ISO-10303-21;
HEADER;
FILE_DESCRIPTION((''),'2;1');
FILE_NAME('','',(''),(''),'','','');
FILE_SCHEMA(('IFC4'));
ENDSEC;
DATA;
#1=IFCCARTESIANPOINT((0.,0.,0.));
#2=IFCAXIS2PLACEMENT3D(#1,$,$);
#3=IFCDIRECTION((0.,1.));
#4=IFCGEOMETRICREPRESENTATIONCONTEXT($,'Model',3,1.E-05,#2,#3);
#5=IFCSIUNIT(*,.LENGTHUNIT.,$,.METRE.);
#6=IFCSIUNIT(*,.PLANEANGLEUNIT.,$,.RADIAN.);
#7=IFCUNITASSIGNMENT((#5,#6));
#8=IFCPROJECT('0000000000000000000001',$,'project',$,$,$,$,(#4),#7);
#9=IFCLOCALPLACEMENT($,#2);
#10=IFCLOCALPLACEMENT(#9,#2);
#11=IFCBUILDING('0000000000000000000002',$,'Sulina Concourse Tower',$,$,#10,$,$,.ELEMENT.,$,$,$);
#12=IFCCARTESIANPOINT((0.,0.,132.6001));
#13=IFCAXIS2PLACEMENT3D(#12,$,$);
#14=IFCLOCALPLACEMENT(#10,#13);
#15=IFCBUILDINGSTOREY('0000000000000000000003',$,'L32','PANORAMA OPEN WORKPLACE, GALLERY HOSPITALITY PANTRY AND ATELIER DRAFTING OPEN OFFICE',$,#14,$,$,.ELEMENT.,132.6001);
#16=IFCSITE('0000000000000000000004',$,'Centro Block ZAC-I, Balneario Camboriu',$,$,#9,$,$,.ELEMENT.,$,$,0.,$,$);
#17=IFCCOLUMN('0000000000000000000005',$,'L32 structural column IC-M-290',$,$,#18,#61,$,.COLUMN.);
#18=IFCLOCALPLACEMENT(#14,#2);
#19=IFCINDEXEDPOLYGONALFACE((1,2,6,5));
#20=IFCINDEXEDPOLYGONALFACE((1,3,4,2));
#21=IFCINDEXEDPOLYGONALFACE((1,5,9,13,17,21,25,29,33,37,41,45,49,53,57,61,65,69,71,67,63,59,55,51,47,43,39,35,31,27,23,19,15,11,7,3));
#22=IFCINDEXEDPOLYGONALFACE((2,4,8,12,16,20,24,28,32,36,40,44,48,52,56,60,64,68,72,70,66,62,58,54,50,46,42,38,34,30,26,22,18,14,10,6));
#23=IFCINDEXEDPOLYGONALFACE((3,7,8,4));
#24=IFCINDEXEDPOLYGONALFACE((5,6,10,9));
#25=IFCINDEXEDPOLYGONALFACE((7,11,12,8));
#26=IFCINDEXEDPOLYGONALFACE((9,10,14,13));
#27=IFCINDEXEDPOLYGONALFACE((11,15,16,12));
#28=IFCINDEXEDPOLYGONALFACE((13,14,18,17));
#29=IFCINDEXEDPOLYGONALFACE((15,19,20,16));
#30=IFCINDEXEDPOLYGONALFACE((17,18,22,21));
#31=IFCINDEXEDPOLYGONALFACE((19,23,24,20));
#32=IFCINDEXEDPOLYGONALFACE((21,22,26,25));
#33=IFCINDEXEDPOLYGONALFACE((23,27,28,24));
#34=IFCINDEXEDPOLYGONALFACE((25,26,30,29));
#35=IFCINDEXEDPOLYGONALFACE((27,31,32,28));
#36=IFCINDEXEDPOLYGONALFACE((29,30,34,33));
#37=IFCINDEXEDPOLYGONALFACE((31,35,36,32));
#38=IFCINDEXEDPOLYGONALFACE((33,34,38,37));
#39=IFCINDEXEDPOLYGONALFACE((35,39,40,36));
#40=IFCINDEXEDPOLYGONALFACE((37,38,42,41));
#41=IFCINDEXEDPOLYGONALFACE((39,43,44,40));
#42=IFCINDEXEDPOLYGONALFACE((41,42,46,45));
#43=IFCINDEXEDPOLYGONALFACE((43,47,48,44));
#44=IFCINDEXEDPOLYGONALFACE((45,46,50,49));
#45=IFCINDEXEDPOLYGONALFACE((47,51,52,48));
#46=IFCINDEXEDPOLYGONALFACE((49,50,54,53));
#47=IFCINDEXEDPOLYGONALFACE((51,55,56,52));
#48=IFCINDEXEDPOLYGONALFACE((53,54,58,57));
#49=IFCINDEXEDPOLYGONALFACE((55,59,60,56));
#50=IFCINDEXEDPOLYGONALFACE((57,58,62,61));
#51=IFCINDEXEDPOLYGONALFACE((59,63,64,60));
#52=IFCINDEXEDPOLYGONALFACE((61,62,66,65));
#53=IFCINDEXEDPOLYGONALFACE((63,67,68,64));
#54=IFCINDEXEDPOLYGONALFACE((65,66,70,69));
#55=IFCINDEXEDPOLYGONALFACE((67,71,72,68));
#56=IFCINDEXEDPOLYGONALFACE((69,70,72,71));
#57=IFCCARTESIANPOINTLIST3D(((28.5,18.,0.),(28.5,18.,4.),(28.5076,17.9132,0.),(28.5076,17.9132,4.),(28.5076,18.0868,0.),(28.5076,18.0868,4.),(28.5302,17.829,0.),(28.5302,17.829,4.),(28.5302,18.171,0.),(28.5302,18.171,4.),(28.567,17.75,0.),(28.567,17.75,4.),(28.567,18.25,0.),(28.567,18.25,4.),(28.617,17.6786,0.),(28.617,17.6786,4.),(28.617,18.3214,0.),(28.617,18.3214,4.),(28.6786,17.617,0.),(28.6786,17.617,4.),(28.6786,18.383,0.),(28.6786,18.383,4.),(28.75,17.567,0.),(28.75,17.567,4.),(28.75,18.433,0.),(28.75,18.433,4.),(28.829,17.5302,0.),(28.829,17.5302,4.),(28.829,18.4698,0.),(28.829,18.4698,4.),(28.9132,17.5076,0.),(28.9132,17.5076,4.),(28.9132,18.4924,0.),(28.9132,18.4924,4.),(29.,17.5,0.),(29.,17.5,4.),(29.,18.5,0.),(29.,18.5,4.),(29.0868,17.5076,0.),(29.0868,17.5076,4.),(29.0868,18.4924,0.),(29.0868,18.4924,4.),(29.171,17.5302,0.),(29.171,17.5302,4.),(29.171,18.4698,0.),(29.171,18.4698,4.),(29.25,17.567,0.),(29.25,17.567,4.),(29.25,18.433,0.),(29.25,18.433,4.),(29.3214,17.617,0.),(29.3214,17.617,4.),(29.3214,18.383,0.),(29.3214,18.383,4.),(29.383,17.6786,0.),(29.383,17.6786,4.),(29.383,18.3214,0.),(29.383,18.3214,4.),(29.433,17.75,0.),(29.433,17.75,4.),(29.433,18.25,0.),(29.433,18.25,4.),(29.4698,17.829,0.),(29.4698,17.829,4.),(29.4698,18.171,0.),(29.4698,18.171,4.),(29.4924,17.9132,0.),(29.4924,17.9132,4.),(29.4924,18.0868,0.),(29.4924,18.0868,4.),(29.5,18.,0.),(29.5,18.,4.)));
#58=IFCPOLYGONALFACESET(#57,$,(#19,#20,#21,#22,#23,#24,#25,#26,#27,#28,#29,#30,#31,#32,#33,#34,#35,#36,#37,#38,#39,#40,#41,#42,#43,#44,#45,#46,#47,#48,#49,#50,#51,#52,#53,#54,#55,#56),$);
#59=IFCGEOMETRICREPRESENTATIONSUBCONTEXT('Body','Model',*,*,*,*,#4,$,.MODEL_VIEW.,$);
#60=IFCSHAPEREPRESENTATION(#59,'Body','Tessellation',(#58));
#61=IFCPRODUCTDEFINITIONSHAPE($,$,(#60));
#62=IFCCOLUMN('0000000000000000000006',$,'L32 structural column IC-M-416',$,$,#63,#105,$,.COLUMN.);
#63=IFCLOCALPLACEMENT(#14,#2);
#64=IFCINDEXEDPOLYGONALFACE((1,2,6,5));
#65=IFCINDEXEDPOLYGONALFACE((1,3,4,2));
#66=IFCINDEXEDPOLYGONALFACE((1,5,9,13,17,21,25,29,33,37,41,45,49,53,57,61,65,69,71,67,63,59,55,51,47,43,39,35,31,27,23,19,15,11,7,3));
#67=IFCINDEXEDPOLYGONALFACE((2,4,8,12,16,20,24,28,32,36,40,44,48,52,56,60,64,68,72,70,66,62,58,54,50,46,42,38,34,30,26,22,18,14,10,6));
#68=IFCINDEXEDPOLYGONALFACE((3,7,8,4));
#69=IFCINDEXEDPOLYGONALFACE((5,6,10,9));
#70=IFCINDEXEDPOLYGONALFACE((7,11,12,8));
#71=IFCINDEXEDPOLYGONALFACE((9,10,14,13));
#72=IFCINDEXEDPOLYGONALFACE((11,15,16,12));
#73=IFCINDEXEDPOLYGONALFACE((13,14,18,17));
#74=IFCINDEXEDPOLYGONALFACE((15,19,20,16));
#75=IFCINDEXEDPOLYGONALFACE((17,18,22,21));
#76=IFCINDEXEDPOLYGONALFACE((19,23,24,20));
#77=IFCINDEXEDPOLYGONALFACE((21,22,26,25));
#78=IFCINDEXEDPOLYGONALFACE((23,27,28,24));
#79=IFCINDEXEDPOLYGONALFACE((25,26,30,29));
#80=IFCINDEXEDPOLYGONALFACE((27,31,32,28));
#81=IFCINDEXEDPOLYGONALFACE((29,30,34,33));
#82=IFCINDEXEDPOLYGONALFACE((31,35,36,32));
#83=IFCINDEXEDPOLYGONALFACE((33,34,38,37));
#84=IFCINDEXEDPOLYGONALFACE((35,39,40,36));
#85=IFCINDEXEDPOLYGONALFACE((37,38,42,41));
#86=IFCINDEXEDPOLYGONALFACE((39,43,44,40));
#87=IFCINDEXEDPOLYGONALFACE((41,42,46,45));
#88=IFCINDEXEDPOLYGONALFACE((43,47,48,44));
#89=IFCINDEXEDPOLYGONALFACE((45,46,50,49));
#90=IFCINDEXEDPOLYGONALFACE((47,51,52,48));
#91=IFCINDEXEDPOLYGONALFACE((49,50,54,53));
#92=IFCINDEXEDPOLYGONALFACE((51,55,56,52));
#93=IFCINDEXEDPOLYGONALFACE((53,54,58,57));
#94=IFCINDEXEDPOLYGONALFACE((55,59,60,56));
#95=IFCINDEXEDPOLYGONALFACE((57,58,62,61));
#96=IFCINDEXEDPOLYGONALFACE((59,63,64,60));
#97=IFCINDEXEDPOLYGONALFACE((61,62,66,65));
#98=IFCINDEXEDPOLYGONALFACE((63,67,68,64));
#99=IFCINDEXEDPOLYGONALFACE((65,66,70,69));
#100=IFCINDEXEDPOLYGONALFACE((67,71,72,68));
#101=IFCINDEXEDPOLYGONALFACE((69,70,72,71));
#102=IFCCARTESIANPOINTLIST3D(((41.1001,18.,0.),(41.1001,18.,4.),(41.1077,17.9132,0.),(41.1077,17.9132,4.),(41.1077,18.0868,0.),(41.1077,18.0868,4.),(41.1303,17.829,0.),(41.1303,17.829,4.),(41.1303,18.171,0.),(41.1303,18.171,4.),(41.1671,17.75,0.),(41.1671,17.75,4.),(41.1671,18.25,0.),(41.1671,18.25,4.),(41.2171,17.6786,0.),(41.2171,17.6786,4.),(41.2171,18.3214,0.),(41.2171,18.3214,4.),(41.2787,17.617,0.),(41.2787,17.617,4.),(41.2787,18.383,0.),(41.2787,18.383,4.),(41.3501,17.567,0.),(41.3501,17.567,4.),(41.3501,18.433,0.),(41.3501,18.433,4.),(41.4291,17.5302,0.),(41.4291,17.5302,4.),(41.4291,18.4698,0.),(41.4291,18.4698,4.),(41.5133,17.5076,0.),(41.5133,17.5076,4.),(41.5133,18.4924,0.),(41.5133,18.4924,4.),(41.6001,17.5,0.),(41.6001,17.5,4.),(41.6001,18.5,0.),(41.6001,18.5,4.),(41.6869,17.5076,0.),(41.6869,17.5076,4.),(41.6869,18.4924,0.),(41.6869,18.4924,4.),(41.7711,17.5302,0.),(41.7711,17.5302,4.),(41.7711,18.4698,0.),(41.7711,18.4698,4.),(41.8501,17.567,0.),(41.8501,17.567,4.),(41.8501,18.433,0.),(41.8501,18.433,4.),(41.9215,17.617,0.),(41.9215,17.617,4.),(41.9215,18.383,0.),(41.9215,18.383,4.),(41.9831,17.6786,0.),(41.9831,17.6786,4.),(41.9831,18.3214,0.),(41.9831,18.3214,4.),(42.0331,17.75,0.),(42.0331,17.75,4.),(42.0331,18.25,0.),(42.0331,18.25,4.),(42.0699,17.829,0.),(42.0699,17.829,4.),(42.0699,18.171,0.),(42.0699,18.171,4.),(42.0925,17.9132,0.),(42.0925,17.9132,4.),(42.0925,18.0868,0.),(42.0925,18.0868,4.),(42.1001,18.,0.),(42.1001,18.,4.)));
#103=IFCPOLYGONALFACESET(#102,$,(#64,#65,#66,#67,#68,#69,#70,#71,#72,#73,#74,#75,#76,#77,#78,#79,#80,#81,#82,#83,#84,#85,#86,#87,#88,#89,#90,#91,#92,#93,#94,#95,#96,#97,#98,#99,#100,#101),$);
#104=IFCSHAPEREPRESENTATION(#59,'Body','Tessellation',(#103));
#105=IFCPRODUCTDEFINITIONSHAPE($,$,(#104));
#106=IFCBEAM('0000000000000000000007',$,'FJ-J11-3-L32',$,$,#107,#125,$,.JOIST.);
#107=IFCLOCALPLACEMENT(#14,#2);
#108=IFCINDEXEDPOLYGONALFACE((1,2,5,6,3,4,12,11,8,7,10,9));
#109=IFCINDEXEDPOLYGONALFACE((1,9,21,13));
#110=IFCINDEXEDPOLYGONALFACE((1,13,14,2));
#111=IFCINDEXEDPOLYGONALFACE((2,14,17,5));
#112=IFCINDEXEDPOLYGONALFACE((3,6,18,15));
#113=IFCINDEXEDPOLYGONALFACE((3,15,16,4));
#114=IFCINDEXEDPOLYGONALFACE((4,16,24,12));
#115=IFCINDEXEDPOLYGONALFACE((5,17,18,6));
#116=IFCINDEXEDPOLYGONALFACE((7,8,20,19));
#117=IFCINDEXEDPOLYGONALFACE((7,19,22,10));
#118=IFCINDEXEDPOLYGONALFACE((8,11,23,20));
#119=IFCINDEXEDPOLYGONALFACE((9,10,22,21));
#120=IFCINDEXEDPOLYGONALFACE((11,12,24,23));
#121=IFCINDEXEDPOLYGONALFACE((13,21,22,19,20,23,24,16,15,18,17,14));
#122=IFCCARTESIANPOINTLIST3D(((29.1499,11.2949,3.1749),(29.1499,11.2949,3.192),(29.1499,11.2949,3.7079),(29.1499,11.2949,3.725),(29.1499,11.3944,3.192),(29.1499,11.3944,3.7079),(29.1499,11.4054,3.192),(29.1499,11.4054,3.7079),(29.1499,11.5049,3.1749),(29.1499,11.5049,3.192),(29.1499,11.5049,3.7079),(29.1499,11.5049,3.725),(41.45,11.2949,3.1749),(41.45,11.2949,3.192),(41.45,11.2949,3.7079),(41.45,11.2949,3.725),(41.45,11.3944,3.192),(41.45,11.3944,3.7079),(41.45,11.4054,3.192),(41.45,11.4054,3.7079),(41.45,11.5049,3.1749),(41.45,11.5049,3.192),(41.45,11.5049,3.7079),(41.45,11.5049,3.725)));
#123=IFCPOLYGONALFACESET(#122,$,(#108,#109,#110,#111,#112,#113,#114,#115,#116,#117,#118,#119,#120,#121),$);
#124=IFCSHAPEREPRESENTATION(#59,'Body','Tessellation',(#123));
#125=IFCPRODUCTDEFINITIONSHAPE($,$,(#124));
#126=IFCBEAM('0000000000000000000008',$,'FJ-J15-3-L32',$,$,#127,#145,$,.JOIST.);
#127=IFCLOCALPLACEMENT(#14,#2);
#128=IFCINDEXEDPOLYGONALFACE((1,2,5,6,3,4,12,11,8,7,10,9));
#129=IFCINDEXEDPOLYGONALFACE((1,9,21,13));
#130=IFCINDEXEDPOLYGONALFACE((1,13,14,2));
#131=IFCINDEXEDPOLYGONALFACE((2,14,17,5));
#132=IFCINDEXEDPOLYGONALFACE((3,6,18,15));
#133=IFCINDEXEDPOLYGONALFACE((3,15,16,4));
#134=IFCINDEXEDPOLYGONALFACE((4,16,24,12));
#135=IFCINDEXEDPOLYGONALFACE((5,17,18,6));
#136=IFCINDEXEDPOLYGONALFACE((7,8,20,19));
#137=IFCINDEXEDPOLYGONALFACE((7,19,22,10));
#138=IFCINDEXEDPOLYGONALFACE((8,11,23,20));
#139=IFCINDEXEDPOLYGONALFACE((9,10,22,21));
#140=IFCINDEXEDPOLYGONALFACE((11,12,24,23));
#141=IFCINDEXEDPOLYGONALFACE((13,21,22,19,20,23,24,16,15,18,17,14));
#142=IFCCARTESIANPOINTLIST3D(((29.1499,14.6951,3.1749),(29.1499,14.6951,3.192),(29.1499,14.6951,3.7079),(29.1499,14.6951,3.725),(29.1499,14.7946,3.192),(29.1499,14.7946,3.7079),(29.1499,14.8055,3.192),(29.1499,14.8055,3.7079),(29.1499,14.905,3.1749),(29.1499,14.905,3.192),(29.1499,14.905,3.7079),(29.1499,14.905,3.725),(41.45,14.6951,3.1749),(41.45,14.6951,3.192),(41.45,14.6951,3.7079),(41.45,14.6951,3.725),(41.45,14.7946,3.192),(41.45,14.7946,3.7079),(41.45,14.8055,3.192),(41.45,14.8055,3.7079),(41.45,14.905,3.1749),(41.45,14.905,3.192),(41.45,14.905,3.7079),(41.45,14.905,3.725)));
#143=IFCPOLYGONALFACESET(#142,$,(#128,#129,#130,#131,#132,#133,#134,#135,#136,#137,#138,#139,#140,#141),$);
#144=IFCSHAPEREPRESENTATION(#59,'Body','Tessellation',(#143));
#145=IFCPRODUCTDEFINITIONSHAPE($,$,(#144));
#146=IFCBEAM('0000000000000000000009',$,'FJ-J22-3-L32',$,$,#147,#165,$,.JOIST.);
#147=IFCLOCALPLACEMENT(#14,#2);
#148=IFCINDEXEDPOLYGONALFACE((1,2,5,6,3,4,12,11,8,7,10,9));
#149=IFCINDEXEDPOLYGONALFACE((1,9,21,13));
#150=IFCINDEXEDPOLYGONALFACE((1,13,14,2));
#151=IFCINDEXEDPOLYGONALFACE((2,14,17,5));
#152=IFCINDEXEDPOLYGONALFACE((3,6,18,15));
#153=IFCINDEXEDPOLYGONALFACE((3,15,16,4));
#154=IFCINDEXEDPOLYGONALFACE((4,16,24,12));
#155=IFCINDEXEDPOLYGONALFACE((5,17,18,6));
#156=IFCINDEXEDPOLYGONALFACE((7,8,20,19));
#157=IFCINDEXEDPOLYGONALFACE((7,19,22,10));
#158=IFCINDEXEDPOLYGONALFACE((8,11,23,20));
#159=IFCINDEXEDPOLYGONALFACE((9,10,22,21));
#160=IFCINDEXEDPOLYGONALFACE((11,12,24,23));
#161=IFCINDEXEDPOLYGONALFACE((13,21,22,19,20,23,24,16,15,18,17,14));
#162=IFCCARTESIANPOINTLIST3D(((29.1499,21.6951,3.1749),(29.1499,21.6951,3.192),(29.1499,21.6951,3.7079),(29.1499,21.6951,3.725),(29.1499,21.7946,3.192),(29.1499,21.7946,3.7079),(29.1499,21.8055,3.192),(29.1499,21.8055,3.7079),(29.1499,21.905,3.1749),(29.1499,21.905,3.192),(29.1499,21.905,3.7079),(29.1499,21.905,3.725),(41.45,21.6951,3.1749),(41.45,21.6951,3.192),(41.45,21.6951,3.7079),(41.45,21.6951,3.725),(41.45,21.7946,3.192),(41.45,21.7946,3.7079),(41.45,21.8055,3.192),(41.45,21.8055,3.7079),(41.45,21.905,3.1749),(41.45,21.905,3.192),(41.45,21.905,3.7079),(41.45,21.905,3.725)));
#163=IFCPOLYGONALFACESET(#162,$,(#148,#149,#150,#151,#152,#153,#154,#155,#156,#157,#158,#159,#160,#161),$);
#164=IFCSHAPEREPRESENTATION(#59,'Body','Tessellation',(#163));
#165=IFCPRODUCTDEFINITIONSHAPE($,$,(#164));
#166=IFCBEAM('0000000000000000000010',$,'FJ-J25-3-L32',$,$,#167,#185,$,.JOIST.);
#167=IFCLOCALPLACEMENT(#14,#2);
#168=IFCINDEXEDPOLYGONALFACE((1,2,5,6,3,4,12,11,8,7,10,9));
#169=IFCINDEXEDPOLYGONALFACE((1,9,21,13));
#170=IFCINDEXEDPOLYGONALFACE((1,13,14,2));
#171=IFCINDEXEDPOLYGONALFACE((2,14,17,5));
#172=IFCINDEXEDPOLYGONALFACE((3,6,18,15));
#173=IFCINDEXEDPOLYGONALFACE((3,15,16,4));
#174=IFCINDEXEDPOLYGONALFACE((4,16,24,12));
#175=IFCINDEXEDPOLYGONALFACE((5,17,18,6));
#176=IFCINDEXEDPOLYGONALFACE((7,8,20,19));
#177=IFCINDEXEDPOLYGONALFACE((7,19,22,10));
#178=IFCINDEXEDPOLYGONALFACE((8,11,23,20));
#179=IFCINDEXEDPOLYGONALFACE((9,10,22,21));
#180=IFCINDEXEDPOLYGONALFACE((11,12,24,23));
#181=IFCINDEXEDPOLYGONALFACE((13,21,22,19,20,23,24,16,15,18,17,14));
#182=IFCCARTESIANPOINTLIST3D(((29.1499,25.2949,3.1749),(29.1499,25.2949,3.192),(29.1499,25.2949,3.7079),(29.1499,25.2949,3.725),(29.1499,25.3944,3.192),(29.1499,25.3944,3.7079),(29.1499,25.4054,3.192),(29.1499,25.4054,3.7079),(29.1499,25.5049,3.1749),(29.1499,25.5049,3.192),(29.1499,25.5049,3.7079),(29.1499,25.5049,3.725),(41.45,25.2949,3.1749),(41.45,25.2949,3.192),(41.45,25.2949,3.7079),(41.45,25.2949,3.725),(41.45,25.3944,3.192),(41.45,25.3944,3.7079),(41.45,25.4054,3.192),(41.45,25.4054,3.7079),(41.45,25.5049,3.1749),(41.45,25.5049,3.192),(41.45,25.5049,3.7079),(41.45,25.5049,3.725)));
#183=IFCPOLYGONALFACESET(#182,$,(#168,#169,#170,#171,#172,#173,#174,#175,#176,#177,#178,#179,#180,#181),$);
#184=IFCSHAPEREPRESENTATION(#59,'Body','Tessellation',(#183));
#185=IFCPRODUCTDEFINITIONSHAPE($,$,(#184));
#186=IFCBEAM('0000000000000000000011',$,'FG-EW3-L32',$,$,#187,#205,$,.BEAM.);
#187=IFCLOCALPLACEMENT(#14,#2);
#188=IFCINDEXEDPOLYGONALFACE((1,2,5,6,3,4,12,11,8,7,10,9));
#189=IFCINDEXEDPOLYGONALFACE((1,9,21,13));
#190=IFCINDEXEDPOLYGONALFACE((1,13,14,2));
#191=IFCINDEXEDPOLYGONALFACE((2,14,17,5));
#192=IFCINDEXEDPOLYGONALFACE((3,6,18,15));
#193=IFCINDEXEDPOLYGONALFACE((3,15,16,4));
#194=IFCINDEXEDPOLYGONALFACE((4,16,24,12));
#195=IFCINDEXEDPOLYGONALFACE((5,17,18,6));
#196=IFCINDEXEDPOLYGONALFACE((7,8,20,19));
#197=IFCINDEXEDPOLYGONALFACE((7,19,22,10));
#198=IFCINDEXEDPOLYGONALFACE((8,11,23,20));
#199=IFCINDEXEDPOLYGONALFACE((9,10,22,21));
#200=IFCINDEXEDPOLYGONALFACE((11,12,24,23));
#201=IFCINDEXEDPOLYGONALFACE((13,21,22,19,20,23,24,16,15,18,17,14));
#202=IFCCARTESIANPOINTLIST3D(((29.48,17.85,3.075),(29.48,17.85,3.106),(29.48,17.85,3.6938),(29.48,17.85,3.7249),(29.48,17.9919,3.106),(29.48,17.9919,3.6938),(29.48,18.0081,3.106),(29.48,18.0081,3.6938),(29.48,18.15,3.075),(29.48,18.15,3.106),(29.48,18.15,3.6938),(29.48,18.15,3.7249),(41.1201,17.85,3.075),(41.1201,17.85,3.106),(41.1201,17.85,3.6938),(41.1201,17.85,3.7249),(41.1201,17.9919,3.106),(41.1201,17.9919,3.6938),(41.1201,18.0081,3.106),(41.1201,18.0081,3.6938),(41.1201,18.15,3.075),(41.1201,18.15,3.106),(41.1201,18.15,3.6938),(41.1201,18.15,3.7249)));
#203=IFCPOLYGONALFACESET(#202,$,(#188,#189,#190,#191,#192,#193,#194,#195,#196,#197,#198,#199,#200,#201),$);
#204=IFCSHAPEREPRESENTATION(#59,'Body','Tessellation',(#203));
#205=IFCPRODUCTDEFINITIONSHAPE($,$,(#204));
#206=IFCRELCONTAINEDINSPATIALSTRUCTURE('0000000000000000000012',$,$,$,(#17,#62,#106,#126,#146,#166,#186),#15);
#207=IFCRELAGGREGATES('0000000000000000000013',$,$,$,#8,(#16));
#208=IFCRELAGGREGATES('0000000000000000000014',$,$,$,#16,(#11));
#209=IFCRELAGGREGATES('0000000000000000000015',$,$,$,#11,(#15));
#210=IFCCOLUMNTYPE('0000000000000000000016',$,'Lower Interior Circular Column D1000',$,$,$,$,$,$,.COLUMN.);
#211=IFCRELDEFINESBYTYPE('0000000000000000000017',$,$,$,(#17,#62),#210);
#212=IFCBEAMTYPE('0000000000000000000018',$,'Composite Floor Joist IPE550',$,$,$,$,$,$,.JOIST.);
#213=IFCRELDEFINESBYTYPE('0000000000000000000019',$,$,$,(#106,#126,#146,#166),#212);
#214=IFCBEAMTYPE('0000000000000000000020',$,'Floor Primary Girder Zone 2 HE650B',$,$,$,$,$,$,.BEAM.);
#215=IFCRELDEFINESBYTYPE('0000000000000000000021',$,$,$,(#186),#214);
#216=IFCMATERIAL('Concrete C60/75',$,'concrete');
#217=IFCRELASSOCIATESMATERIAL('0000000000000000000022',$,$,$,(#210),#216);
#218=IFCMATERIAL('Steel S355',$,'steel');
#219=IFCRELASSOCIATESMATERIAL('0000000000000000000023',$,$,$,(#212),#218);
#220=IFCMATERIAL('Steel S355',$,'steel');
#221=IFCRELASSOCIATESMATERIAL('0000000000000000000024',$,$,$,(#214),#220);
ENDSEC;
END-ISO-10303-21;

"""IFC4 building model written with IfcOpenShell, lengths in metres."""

from ifc_helpers import new_model, si_unit, direction, frame, origin, origin_2d, place, context, subcontext, project, spatial, circle, i_section, extrude, material, material_profile, profile_set, type_object, element, save


model = new_model("IFC4")

# Units and contexts
model_context = context("Model", 3, precision=1e-05, world=origin(), true_north=direction((0.0, 1.0)))
body_context = subcontext(model_context, "Body", "Model", "MODEL_VIEW")
ifc_project = project(units=[si_unit("LENGTHUNIT", "METRE"), si_unit("PLANEANGLEUNIT", "RADIAN")], contexts=[model_context])

# Site, building, storey
site_placement = place(None, origin())
site = spatial("IfcSite", under=ifc_project, at=site_placement, Name="Centro Block ZAC-I, Balneario Camboriu", CompositionType="ELEMENT", RefElevation=0.0)
building_placement = place(site_placement, origin())
building = spatial("IfcBuilding", under=site, at=building_placement, Name="Sulina Concourse Tower", CompositionType="ELEMENT")
storey_placement = place(building_placement, frame((0.0, 0.0, 132.6001)))
storey = spatial("IfcBuildingStorey", under=building, at=storey_placement, Name="L32", Description="PANORAMA OPEN WORKPLACE, GALLERY HOSPITALITY PANTRY AND ATELIER DRAFTING OPEN OFFICE", CompositionType="ELEMENT", Elevation=132.6001)

# Columns
ifc_material_1 = material(Name="Concrete C60/75", Category="concrete")
ifc_material_profile_1 = material_profile(ifc_material_1, circle(Radius=0.5, at=origin_2d()), Name="RC D1000")
ifc_profile_set_1 = profile_set([ifc_material_profile_1], Name="Concrete C60/75")
column_type = type_object("IfcColumnType", Name="Lower Interior Circular Column D1000", PredefinedType="COLUMN", material=ifc_profile_set_1)
for number, where, z_axis, x_axis, name in (
    (1, (29.0, 18.0, 0.0), (0.0, 0.0, 1.0), (1.0, 0.0, 0.0), "L32 structural column IC-M-290"),
    (2, (41.6001, 18.0, 0.0), (0.0, 0.0, 1.0), (1.0, 0.0, 0.0), "L32 structural column IC-M-416"),
):
    element("IfcColumn", number, at=place(storey_placement, frame(where, z_axis=z_axis, x_axis=x_axis)), inside=storey, type_object=column_type, Name=name, PredefinedType="COLUMN", context=body_context, shape_type="SweptSolid", body=[
        extrude(circle(Radius=0.5, at=origin_2d()), origin(), (0.0, 0.0, 1.0), 4.0),
    ])

# Beams
ifc_material_2 = material(Name="Steel S355", Category="steel")
ifc_material_profile_2 = material_profile(ifc_material_2, i_section(OverallWidth=0.21, OverallDepth=0.55, WebThickness=0.011, FlangeThickness=0.0171, at=origin_2d()), Name="IPE 550")
ifc_profile_set_2 = profile_set([ifc_material_profile_2], Name="Steel S355")
beam_type_1 = type_object("IfcBeamType", Name="Composite Floor Joist IPE550", PredefinedType="JOIST", material=ifc_profile_set_2)
for number, where, z_axis, x_axis, name in (
    (3, (29.1499, 11.3999, 3.45), (1.0, 0.0, 0.0), (0.0, 1.0, 0.0), "FJ-J11-3-L32"),
    (4, (29.1499, 14.8, 3.45), (1.0, 0.0, 0.0), (0.0, 1.0, 0.0), "FJ-J15-3-L32"),
    (5, (29.1499, 21.8, 3.45), (1.0, 0.0, 0.0), (0.0, 1.0, 0.0), "FJ-J22-3-L32"),
    (6, (29.1499, 25.3999, 3.45), (1.0, 0.0, 0.0), (0.0, 1.0, 0.0), "FJ-J25-3-L32"),
):
    element("IfcBeam", number, at=place(storey_placement, frame(where, z_axis=z_axis, x_axis=x_axis)), inside=storey, type_object=beam_type_1, Name=name, PredefinedType="JOIST", context=body_context, shape_type="SweptSolid", body=[
        extrude(i_section(OverallWidth=0.21, OverallDepth=0.55, WebThickness=0.011, FlangeThickness=0.0171, at=origin_2d()), origin(), (0.0, 0.0, 1.0), 12.3),
    ])
ifc_material_3 = material(Name="Steel S355", Category="steel")
ifc_material_profile_3 = material_profile(ifc_material_3, i_section(OverallWidth=0.3, OverallDepth=0.6499, WebThickness=0.0161, FlangeThickness=0.031, at=origin_2d()), Name="HE 650 B")
ifc_profile_set_3 = profile_set([ifc_material_profile_3], Name="Steel S355")
beam_type_2 = type_object("IfcBeamType", Name="Floor Primary Girder Zone 2 HE650B", PredefinedType="BEAM", material=ifc_profile_set_3)
beam_1_placement = place(storey_placement, frame((29.48, 18.0, 3.3999), z_axis=(1.0, 0.0, 0.0), x_axis=(0.0, 1.0, 0.0)))
element("IfcBeam", 7, at=beam_1_placement, inside=storey, type_object=beam_type_2, Name="FG-EW3-L32", PredefinedType="BEAM", context=body_context, shape_type="SweptSolid", body=[
    extrude(i_section(OverallWidth=0.3, OverallDepth=0.6499, WebThickness=0.0161, FlangeThickness=0.031, at=origin_2d()), origin(), (0.0, 0.0, 1.0), 11.6401),
])

save(model, "model.ifc")
